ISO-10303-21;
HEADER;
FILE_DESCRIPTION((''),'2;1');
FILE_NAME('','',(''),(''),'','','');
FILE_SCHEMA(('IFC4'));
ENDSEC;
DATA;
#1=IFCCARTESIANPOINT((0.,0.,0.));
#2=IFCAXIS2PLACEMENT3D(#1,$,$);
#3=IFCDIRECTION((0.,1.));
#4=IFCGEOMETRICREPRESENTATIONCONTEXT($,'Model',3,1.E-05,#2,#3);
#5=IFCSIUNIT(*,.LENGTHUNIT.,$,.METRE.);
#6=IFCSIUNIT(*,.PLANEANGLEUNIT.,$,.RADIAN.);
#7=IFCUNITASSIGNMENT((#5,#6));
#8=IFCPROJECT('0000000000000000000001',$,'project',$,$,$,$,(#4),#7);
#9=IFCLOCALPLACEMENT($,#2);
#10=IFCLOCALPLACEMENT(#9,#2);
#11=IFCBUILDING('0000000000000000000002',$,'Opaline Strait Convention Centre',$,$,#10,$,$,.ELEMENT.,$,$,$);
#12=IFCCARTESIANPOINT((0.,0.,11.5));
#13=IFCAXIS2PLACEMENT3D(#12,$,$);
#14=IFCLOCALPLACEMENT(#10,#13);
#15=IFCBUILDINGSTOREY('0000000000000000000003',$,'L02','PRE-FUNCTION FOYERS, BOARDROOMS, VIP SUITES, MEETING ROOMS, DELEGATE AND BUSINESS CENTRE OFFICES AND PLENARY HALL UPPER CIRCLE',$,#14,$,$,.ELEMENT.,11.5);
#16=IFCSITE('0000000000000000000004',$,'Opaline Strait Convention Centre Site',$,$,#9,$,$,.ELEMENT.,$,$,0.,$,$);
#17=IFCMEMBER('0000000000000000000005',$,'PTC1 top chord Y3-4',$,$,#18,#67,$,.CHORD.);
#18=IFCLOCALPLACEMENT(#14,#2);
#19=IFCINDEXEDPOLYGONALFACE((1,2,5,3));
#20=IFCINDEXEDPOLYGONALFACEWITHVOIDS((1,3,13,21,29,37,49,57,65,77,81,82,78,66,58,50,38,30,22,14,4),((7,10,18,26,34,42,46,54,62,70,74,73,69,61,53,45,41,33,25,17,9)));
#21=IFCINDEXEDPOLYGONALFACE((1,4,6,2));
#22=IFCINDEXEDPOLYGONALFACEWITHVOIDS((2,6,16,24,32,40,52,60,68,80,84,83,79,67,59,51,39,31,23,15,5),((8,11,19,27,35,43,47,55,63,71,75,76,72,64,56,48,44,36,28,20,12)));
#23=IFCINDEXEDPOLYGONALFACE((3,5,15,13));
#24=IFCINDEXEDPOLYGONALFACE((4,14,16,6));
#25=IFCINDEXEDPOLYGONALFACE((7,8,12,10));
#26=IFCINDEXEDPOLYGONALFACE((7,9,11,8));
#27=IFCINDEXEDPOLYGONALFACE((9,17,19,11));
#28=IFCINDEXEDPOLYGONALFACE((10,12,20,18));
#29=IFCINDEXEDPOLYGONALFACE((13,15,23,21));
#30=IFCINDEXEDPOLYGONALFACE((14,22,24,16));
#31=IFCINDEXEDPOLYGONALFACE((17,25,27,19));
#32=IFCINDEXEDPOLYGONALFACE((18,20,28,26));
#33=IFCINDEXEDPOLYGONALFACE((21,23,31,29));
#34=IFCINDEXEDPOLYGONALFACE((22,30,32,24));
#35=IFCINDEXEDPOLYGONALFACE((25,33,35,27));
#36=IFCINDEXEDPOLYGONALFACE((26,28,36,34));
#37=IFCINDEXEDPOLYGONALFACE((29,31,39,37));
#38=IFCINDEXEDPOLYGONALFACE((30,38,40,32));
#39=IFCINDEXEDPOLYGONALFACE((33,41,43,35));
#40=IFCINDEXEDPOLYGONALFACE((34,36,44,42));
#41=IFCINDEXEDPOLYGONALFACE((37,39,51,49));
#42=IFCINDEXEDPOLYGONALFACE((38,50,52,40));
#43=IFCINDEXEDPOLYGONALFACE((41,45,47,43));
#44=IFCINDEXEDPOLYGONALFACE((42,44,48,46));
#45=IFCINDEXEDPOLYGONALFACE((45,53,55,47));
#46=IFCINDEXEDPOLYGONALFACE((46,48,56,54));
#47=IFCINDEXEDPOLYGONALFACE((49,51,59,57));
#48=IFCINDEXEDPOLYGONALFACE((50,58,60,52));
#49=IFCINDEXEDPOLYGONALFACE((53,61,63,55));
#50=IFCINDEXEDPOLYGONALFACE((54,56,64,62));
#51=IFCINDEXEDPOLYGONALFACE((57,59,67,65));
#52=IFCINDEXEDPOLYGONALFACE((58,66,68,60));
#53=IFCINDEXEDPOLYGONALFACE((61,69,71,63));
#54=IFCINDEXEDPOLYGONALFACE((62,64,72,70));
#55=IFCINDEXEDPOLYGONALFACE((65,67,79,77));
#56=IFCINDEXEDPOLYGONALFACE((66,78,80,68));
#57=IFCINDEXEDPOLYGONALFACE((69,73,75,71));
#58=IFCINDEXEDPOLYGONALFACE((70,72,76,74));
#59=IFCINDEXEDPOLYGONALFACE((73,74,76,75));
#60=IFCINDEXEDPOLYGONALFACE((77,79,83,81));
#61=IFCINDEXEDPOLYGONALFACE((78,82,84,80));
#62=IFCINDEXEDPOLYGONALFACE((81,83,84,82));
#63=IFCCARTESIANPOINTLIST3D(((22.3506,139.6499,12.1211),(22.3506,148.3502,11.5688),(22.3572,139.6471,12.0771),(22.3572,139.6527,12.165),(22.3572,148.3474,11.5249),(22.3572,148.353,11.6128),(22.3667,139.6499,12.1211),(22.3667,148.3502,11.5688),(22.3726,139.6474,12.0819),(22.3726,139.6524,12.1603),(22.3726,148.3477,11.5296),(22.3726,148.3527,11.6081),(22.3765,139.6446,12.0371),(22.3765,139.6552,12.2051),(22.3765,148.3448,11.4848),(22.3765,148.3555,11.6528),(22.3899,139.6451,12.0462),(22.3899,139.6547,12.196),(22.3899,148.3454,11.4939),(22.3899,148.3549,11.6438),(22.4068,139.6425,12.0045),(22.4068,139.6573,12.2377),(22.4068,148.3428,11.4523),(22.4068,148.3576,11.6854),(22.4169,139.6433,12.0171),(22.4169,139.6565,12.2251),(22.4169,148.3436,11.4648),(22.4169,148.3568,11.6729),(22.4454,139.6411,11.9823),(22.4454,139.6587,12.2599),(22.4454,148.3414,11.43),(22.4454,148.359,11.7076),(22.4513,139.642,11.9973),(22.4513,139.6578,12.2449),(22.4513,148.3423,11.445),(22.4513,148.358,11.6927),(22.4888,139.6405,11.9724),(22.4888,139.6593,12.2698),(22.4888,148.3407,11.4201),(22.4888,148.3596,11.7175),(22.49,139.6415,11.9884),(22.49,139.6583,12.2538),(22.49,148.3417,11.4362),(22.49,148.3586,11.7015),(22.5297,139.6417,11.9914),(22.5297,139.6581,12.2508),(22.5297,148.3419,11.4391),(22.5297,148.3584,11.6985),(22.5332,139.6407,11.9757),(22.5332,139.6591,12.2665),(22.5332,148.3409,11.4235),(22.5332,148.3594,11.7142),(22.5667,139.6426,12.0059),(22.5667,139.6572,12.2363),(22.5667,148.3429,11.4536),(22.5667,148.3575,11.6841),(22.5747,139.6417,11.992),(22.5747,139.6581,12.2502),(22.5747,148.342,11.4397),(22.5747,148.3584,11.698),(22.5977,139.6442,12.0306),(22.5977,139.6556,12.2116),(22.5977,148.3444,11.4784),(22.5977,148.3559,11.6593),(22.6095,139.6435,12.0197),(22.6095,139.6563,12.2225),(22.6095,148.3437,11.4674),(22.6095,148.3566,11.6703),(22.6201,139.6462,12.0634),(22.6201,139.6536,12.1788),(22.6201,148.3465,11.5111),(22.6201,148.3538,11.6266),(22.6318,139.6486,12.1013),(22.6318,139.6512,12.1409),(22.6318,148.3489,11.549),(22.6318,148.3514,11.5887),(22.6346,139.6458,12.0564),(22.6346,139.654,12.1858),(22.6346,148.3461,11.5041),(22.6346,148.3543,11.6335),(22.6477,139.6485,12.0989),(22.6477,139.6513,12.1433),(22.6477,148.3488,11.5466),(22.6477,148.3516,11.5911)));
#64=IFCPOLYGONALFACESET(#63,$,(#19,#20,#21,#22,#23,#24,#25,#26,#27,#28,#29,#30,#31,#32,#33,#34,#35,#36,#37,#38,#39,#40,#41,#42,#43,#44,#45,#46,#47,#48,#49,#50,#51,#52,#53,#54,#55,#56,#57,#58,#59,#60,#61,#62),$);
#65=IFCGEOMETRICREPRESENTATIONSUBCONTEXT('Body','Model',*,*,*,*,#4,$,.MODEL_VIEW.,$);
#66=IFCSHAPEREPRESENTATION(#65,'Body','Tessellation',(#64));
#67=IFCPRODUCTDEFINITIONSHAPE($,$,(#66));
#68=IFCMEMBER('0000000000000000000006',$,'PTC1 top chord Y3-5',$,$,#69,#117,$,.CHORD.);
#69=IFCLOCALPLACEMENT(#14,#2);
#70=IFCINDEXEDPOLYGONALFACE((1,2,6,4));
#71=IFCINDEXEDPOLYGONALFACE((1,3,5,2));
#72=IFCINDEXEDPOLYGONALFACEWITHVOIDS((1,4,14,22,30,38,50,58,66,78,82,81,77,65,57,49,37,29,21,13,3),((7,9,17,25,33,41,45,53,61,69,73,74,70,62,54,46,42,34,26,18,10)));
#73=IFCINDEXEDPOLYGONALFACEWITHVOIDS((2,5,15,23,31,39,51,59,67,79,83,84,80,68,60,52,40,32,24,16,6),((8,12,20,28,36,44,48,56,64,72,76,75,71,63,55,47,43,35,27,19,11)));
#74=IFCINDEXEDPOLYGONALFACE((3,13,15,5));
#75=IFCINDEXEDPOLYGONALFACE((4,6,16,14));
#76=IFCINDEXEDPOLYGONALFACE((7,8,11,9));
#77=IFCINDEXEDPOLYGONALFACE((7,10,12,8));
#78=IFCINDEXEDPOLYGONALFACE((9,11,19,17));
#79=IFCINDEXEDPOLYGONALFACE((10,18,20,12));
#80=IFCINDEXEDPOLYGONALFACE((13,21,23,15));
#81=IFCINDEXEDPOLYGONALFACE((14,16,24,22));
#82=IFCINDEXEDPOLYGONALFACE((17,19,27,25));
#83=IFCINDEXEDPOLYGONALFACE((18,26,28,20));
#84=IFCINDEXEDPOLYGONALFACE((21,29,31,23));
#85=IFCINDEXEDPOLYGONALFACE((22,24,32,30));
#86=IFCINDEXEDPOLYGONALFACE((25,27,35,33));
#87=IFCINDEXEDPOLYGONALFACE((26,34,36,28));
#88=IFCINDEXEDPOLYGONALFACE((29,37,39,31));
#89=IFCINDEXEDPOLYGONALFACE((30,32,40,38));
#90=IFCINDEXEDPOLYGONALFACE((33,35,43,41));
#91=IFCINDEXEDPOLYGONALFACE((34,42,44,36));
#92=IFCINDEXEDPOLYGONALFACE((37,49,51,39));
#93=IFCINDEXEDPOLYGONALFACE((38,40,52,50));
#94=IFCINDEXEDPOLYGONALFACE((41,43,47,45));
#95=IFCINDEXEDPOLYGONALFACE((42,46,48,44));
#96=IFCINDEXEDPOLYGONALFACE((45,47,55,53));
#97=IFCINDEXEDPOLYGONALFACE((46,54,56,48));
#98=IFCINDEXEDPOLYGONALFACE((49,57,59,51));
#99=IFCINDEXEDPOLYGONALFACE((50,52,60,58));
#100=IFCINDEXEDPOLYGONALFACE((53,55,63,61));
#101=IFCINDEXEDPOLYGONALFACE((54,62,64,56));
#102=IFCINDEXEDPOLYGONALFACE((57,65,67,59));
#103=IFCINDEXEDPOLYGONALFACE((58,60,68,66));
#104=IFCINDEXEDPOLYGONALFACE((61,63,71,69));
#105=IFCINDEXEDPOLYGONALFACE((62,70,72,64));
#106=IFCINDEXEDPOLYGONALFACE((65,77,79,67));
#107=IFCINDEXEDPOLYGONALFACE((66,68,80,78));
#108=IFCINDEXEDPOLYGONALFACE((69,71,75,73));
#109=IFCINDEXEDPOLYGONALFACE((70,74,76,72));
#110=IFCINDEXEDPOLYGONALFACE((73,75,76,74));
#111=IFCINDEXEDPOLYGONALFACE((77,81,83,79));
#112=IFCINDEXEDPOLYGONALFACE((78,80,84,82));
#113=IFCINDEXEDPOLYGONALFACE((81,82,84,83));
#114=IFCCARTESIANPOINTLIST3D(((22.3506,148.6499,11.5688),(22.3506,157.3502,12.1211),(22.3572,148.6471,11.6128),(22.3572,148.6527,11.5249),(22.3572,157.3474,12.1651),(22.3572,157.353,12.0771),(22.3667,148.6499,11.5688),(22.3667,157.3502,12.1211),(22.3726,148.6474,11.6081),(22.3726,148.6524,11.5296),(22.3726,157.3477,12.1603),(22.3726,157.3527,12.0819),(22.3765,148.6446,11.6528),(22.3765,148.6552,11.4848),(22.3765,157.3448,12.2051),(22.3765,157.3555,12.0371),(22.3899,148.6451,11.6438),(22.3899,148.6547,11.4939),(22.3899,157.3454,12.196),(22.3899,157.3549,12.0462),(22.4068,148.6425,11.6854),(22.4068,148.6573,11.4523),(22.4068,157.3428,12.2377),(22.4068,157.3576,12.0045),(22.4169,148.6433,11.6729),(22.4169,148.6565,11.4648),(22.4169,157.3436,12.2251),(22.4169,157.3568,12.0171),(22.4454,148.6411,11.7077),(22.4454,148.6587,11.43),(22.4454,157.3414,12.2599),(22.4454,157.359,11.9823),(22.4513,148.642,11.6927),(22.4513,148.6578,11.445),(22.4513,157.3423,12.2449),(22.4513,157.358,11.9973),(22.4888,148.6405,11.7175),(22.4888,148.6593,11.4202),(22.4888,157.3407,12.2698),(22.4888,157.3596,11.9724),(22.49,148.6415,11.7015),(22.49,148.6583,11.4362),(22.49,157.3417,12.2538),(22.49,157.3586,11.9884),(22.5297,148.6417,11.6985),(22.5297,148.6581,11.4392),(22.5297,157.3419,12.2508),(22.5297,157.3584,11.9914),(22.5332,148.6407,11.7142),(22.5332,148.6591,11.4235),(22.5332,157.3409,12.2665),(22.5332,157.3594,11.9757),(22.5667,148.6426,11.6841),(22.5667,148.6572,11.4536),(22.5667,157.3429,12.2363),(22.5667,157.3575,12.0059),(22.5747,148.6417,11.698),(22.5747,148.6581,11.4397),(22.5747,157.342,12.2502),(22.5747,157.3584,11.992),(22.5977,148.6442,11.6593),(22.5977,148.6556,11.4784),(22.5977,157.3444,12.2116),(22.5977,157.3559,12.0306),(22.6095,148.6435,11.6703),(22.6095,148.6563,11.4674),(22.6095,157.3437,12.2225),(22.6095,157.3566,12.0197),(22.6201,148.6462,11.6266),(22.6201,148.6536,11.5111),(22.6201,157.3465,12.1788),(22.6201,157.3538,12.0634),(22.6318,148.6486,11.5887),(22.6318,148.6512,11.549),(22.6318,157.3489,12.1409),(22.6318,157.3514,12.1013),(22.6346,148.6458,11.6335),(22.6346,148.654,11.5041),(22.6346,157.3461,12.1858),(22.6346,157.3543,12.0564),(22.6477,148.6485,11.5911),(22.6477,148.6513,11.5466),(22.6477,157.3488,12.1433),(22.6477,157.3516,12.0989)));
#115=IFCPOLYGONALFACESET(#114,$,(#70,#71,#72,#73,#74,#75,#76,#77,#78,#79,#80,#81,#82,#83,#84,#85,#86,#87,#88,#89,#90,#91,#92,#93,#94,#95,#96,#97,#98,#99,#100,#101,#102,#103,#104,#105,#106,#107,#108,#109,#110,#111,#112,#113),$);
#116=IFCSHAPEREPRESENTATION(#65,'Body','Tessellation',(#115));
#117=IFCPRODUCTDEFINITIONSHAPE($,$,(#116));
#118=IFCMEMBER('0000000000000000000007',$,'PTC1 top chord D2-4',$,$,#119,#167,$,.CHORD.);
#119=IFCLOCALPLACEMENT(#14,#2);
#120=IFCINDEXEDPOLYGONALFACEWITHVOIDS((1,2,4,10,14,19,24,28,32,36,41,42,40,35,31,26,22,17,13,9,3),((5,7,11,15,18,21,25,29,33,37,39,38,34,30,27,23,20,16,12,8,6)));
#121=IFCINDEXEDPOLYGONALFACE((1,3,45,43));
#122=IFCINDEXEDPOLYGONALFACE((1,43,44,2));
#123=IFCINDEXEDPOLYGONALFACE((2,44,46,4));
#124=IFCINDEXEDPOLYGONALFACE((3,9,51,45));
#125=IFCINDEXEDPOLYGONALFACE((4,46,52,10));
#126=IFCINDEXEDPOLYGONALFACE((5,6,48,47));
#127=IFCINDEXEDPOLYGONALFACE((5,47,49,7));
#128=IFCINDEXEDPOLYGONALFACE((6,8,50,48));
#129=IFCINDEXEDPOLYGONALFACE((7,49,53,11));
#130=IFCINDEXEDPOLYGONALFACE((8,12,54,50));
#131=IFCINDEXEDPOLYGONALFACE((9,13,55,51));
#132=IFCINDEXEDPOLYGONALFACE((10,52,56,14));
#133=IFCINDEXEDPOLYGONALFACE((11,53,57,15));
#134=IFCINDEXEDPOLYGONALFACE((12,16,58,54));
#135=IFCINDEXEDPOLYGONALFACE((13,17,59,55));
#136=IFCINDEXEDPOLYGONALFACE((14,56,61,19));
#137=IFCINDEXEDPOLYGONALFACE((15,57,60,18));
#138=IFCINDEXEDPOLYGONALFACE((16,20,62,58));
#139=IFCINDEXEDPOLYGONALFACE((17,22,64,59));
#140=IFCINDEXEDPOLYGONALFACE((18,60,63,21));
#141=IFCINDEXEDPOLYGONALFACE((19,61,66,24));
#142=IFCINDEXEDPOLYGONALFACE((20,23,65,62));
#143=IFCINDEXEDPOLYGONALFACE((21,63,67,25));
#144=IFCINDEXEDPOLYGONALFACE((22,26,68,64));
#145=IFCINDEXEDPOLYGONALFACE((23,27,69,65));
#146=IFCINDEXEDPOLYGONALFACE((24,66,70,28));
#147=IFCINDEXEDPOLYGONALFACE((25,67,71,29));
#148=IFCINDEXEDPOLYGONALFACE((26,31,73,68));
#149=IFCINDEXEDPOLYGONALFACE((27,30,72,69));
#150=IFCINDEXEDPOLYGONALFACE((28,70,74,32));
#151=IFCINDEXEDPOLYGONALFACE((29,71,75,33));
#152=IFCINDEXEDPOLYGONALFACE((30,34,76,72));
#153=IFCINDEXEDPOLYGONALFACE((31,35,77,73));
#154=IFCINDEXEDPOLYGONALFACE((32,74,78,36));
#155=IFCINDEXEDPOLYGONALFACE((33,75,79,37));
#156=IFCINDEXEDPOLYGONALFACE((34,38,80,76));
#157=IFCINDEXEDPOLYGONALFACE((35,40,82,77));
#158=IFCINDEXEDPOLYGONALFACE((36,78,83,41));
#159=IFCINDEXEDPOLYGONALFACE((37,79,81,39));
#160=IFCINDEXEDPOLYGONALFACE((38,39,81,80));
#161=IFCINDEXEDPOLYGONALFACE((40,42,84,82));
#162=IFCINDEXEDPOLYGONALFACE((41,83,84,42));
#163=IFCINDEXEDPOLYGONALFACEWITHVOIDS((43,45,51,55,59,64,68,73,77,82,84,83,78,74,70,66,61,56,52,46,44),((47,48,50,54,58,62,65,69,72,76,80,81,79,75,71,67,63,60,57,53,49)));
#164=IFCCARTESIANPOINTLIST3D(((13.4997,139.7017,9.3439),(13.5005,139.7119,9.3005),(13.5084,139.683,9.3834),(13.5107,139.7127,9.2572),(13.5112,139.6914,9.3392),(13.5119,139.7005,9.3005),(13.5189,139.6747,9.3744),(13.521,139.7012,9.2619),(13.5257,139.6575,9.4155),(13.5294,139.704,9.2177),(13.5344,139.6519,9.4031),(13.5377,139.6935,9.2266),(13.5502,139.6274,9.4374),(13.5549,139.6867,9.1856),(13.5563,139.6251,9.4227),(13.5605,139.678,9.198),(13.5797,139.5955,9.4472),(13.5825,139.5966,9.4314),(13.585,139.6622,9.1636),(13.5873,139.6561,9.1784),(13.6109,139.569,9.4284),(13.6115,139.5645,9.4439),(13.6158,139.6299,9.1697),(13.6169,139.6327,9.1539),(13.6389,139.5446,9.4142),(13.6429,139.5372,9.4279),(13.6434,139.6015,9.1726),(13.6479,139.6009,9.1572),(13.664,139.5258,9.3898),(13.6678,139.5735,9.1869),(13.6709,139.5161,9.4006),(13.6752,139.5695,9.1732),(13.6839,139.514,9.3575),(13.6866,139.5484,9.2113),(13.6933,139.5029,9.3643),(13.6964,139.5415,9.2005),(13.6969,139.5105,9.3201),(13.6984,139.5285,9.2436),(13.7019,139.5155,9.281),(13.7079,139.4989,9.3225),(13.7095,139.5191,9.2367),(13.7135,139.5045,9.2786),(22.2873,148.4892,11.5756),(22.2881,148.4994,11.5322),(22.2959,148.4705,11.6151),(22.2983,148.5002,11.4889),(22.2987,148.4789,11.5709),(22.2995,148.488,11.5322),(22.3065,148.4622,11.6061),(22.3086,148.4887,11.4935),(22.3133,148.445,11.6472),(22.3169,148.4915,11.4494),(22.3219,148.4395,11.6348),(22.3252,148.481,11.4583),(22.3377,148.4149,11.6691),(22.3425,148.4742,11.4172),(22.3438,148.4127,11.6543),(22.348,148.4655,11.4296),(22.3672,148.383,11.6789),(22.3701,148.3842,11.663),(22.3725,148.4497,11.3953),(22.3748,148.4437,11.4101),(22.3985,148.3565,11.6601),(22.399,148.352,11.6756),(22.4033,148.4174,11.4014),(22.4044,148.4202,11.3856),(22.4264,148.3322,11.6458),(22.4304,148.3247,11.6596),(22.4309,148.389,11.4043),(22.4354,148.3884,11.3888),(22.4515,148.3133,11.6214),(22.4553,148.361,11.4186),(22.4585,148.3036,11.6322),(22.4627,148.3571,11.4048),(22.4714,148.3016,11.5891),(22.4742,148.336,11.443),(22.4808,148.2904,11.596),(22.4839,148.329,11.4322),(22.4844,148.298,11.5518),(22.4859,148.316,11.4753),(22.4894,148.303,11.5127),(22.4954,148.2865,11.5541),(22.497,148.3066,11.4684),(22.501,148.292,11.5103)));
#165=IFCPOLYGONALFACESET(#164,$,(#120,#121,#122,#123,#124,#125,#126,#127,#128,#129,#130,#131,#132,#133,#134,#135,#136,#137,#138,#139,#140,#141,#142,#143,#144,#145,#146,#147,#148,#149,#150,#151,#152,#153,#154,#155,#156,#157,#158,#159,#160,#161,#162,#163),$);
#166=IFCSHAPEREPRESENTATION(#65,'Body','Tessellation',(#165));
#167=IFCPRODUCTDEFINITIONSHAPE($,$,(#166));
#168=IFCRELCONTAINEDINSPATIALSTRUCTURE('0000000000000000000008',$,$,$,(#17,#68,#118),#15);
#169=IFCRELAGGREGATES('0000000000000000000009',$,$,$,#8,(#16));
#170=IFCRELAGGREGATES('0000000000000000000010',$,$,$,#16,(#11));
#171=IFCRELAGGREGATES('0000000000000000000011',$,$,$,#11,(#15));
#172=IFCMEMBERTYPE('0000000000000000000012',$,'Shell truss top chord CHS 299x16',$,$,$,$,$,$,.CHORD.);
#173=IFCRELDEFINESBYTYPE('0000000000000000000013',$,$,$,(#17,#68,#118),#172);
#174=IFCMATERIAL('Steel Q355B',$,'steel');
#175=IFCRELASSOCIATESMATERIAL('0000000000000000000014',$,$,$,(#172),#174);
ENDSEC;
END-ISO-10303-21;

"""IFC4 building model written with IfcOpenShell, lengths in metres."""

from ifc_helpers import new_model, si_unit, direction, frame, origin, origin_2d, place, context, subcontext, project, spatial, hollow_circle, extrude, material, material_profile, profile_set, type_object, element, save


model = new_model("IFC4")

# Units and contexts
model_context = context("Model", 3, precision=1e-05, world=origin(), true_north=direction((0.0, 1.0)))
body_context = subcontext(model_context, "Body", "Model", "MODEL_VIEW")
ifc_project = project(units=[si_unit("LENGTHUNIT", "METRE"), si_unit("PLANEANGLEUNIT", "RADIAN")], contexts=[model_context])

# Site, building, storey
site_placement = place(None, origin())
site = spatial("IfcSite", under=ifc_project, at=site_placement, Name="Opaline Strait Convention Centre Site", CompositionType="ELEMENT", RefElevation=0.0)
building_placement = place(site_placement, origin())
building = spatial("IfcBuilding", under=site, at=building_placement, Name="Opaline Strait Convention Centre", CompositionType="ELEMENT")
storey_placement = place(building_placement, frame((0.0, 0.0, 11.5)))
storey = spatial("IfcBuildingStorey", under=building, at=storey_placement, Name="L02", Description="PRE-FUNCTION FOYERS, BOARDROOMS, VIP SUITES, MEETING ROOMS, DELEGATE AND BUSINESS CENTRE OFFICES AND PLENARY HALL UPPER CIRCLE", CompositionType="ELEMENT", Elevation=11.5)

# Members
ifc_material_1 = material(Name="Steel Q355B", Category="steel")
ifc_material_profile_1 = material_profile(ifc_material_1, hollow_circle(Radius=0.1494, WallThickness=0.0161, at=origin_2d()), Name="CHS 299x16")
ifc_profile_set_1 = profile_set([ifc_material_profile_1], Name="Steel Q355B")
member_type_1 = type_object("IfcMemberType", Name="Shell truss top chord CHS 299x16", PredefinedType="CHORD", material=ifc_profile_set_1)
for number, where, z_axis, x_axis, name in (
    (1, (22.5, 139.6499, 12.1211), (0.0, 0.997992, -0.063348), (-1.0, 0.0, 0.0), "PTC1 top chord Y3-4"),
    (2, (22.5, 148.6499, 11.5688), (0.0, 0.997992, 0.063348), (-1.0, 0.0, 0.0), "PTC1 top chord Y3-5"),
):
    element("IfcMember", number, at=place(storey_placement, frame(where, z_axis=z_axis, x_axis=x_axis)), inside=storey, type_object=member_type_1, Name=name, PredefinedType="CHORD", context=body_context, shape_type="SweptSolid", body=[
        extrude(hollow_circle(Radius=0.1494, WallThickness=0.0161, at=origin_2d()), origin(), (0.0, 0.0, 1.0), 8.7178),
    ])
member_1_placement = place(storey_placement, frame((13.6062, 139.6062, 9.3005), z_axis=(0.695974, 0.695974, 0.176749), x_axis=(-0.707107, 0.707107, 0.0)))
element("IfcMember", 3, at=member_1_placement, inside=storey, type_object=member_type_1, Name="PTC1 top chord D2-4", PredefinedType="CHORD", context=body_context, shape_type="SweptSolid", body=[
    extrude(hollow_circle(Radius=0.1494, WallThickness=0.0161, at=origin_2d()), origin(), (0.0, 0.0, 1.0), 12.6262),
])

save(model, "model.ifc")
